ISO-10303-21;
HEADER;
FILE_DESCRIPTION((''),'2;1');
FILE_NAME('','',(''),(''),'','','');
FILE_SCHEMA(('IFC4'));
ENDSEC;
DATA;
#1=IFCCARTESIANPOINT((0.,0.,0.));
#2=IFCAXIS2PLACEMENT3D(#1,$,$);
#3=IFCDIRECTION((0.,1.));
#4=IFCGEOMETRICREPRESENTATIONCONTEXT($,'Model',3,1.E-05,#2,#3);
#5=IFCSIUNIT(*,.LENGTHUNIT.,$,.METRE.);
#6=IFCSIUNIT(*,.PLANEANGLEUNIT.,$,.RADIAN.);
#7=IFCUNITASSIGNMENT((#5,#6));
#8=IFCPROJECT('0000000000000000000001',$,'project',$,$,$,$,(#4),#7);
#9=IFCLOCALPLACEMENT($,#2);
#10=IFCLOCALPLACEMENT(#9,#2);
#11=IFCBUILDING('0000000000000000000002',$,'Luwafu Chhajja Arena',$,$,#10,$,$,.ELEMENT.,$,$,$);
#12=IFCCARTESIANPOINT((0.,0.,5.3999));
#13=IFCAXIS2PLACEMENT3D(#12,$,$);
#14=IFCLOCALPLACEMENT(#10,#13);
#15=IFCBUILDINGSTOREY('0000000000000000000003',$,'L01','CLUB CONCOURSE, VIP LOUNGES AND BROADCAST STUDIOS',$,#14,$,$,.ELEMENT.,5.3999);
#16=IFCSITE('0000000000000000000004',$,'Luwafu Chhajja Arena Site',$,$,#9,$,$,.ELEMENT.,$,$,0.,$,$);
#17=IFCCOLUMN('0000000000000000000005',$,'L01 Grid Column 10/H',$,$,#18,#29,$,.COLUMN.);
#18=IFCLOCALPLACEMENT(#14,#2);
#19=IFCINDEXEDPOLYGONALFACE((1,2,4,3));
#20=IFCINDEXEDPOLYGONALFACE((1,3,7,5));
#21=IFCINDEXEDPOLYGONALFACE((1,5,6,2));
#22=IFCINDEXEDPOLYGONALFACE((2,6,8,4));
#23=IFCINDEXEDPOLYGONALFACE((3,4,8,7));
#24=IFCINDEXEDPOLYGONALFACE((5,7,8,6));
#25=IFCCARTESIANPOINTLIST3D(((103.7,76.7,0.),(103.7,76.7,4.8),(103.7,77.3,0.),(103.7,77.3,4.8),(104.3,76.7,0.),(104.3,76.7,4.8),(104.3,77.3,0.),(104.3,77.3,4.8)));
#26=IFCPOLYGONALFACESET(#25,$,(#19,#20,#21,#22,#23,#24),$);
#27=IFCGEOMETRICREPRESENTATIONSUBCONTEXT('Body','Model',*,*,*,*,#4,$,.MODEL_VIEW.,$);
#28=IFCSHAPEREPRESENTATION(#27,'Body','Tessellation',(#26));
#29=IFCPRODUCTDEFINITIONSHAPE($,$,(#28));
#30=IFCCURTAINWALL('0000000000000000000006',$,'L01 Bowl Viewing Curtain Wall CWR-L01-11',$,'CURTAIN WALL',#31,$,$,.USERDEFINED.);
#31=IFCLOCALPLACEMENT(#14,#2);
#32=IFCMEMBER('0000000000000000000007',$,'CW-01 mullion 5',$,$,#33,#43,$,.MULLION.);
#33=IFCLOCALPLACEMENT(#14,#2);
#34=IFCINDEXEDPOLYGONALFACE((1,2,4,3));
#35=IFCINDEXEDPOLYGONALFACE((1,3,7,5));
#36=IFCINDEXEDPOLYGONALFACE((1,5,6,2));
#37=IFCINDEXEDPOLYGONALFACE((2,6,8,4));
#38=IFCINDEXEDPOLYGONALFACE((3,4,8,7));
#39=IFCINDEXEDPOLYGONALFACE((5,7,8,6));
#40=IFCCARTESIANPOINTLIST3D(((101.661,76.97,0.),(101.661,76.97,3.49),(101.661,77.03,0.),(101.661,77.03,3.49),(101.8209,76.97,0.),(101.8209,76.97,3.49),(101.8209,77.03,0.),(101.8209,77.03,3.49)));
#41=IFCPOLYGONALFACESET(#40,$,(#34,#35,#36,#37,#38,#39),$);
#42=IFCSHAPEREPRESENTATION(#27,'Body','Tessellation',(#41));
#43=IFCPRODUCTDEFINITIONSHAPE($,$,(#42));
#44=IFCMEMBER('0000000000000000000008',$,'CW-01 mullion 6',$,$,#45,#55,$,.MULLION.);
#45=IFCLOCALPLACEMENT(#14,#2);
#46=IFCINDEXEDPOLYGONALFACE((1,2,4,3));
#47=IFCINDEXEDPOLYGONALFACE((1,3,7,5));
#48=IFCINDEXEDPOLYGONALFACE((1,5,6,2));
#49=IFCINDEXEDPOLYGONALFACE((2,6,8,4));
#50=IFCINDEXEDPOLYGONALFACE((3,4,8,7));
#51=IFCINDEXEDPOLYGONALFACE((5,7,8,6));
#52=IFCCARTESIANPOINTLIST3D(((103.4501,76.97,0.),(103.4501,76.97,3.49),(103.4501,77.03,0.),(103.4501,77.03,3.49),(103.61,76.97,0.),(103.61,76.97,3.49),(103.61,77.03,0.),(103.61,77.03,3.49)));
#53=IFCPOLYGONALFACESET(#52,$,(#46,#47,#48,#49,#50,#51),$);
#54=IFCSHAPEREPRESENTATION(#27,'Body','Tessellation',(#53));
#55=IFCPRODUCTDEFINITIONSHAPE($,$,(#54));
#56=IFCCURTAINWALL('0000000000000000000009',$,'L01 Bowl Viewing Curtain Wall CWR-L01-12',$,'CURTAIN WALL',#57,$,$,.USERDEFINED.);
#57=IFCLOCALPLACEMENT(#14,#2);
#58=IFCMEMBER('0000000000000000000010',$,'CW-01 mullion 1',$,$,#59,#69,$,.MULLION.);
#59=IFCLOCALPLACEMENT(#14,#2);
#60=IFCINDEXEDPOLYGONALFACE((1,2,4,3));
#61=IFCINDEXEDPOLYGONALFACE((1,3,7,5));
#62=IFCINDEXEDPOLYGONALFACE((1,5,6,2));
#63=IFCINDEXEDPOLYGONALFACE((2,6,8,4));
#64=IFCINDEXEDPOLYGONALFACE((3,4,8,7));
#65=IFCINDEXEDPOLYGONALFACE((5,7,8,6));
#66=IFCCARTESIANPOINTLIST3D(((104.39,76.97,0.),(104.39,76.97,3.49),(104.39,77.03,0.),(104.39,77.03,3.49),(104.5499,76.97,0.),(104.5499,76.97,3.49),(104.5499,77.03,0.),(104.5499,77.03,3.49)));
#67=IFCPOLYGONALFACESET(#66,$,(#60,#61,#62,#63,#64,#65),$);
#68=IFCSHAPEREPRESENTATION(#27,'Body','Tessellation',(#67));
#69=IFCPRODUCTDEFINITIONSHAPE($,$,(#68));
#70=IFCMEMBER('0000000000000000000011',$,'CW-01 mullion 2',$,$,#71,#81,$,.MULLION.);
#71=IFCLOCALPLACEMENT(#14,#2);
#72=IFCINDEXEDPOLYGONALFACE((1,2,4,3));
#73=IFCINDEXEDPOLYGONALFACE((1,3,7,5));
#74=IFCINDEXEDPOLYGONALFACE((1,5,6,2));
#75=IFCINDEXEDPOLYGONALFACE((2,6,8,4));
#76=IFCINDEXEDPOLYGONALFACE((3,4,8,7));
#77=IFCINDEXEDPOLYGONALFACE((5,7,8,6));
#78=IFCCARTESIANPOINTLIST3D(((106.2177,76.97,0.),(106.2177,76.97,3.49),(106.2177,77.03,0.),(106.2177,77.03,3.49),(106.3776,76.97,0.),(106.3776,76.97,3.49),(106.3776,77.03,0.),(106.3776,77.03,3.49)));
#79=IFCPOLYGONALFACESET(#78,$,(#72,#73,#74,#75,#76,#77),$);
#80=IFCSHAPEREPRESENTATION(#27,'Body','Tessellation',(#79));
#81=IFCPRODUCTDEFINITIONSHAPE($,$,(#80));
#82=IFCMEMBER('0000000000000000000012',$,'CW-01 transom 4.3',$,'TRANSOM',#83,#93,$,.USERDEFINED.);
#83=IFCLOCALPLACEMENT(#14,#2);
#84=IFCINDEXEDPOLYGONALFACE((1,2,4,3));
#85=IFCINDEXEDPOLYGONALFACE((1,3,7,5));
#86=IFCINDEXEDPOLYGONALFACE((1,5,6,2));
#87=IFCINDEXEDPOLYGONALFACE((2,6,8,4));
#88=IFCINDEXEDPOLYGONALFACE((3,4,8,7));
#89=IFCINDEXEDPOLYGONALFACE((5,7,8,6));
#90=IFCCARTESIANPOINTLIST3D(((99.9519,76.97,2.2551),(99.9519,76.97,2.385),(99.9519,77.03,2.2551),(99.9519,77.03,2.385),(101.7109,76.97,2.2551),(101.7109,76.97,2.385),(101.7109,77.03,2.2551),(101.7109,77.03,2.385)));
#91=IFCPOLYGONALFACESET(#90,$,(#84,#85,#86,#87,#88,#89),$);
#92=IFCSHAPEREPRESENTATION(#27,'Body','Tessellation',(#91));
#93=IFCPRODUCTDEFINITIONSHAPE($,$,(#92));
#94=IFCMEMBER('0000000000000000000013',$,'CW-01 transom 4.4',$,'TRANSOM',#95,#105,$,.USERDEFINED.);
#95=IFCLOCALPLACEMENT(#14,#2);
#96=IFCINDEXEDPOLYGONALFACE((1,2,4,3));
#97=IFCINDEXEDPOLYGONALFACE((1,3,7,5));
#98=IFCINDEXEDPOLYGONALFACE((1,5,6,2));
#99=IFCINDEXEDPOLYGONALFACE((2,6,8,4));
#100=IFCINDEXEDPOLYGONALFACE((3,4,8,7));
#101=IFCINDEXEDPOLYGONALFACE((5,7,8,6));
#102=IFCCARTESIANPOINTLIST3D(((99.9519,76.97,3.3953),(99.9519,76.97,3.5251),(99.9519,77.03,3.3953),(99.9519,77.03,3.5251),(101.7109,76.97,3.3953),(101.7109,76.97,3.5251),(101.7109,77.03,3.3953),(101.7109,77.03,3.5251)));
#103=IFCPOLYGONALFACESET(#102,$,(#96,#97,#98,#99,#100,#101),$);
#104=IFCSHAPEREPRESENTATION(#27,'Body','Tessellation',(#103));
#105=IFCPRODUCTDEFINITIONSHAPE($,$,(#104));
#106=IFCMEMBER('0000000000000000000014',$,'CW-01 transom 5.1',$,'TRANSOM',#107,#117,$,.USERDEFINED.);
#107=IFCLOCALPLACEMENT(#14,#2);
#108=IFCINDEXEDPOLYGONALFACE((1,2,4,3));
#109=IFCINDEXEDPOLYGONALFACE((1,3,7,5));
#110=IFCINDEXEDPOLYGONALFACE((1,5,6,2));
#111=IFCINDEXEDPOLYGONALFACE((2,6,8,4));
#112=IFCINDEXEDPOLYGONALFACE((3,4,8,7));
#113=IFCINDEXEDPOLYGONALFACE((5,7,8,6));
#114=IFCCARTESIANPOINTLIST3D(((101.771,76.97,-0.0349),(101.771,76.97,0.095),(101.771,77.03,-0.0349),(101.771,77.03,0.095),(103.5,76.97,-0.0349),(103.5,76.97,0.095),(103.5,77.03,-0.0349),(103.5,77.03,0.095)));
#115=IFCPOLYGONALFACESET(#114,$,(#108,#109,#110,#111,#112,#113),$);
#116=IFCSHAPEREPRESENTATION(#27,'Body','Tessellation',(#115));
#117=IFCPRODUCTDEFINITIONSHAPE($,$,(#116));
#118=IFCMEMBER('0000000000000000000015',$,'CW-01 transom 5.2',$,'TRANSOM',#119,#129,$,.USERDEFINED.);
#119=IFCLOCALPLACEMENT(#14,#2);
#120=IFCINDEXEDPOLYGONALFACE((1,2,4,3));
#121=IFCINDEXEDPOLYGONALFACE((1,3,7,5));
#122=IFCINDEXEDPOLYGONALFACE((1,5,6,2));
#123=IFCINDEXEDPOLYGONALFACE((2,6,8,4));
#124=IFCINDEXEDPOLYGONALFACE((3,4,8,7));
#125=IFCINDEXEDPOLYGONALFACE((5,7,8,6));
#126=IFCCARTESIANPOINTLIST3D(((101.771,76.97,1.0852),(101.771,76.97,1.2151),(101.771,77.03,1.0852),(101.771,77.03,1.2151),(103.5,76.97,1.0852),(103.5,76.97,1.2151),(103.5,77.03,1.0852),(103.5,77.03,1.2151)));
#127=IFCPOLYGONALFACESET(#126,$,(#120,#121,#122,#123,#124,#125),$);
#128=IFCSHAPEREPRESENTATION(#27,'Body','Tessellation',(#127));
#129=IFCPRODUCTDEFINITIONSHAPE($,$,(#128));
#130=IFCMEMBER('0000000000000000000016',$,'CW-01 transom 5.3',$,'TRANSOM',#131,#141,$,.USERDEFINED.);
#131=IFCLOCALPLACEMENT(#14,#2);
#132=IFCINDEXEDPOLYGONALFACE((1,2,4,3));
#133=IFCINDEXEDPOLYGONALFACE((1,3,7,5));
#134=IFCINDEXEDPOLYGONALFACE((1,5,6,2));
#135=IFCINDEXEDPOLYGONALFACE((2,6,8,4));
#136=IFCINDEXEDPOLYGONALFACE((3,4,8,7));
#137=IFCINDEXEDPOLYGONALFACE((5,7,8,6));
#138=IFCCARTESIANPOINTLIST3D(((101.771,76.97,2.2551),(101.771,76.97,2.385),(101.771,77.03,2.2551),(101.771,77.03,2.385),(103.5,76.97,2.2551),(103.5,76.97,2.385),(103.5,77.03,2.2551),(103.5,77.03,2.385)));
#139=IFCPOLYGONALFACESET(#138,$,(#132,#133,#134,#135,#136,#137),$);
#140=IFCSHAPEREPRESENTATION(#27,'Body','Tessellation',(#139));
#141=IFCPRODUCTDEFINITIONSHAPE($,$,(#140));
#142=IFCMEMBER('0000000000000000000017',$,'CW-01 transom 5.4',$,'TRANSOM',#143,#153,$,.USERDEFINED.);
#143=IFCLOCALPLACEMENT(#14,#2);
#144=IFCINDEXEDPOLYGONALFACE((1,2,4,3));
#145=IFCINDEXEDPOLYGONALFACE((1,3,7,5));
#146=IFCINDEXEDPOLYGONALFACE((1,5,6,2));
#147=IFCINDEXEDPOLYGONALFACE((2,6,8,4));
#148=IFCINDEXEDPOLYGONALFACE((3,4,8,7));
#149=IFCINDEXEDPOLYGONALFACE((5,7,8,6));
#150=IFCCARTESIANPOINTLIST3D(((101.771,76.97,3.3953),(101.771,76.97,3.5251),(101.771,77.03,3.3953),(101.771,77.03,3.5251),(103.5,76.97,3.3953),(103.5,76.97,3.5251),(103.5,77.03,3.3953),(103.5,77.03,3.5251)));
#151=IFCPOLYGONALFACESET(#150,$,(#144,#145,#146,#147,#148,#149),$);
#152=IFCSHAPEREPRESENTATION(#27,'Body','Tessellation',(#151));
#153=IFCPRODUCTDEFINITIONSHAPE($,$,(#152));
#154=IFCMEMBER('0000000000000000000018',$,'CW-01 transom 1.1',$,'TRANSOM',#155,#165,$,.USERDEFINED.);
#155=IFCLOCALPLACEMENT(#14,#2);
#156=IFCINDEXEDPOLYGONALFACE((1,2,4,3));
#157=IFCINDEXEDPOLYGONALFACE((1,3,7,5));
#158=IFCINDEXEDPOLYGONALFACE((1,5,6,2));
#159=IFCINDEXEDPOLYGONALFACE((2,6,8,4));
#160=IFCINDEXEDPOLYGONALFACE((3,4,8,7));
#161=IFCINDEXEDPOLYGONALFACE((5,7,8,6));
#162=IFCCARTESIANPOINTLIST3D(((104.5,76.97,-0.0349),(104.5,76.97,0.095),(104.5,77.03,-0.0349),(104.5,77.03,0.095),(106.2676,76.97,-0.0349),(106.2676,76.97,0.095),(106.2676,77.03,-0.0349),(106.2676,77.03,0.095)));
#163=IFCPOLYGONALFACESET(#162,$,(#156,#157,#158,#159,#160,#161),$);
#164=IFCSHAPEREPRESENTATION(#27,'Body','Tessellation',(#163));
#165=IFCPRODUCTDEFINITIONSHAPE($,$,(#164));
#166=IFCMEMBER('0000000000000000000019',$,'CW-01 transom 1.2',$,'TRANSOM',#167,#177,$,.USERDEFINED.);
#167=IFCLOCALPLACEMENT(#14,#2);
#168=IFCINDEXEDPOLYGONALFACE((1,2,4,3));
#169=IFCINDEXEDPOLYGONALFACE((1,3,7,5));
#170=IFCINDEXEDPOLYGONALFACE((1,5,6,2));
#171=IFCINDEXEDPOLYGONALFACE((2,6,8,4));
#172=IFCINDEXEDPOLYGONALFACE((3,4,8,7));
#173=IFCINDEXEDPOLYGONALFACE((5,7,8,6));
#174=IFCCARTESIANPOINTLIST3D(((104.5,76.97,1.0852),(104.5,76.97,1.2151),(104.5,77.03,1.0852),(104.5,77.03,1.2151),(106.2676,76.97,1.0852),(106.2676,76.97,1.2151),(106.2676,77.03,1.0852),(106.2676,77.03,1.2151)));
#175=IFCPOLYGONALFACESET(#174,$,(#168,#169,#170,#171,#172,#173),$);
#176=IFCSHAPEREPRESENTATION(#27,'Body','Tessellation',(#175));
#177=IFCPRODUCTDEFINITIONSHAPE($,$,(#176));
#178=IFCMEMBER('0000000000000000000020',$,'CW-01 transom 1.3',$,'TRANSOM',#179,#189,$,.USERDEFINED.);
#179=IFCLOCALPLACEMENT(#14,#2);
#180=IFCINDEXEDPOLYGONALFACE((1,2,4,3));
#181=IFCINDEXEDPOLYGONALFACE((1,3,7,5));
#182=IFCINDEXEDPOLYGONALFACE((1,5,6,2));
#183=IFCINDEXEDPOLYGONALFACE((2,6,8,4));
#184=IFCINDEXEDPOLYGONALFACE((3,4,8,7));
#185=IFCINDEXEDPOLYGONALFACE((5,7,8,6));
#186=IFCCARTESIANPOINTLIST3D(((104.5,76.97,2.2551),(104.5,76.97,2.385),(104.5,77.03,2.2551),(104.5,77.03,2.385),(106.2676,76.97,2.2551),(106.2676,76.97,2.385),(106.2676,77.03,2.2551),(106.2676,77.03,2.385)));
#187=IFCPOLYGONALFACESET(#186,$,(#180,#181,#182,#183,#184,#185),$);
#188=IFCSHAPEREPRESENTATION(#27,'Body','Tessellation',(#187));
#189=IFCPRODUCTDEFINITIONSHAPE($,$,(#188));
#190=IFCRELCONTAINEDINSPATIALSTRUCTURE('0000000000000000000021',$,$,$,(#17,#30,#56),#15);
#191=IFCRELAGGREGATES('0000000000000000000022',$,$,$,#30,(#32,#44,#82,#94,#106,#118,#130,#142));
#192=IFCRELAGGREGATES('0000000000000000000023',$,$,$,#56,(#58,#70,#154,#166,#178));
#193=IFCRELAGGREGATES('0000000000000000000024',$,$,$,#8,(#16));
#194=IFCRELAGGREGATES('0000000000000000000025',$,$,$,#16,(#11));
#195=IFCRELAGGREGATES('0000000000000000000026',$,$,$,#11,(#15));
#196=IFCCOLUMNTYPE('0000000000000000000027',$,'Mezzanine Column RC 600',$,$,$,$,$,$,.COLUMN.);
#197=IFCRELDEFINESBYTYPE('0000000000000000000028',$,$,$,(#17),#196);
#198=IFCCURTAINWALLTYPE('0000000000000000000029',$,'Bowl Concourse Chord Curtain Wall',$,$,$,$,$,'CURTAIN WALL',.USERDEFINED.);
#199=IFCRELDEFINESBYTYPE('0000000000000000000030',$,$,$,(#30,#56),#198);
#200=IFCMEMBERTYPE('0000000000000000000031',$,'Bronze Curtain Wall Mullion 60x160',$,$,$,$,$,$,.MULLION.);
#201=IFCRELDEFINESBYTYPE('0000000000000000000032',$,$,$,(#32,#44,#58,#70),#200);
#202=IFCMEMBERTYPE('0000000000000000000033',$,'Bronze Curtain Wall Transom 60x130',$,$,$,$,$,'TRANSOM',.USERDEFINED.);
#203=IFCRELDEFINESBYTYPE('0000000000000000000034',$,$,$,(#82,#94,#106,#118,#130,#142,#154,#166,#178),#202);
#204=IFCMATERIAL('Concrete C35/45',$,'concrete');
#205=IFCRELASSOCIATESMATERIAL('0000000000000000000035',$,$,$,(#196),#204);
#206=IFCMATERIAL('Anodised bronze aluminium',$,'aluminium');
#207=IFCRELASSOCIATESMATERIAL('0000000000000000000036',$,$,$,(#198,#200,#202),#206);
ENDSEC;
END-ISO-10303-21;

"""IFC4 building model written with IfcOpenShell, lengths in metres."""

from ifc_helpers import new_model, si_unit, direction, frame, origin, origin_2d, place, context, subcontext, project, spatial, rectangle, extrude, material, material_profile, profile_set, type_object, element, aggregate, save


model = new_model("IFC4")

# Units and contexts
model_context = context("Model", 3, precision=1e-05, world=origin(), true_north=direction((0.0, 1.0)))
body_context = subcontext(model_context, "Body", "Model", "MODEL_VIEW")
ifc_project = project(units=[si_unit("LENGTHUNIT", "METRE"), si_unit("PLANEANGLEUNIT", "RADIAN")], contexts=[model_context])

# Site, building, storey
site_placement = place(None, origin())
site = spatial("IfcSite", under=ifc_project, at=site_placement, Name="Luwafu Chhajja Arena Site", CompositionType="ELEMENT", RefElevation=0.0)
building_placement = place(site_placement, origin())
building = spatial("IfcBuilding", under=site, at=building_placement, Name="Luwafu Chhajja Arena", CompositionType="ELEMENT")
storey_placement = place(building_placement, frame((0.0, 0.0, 5.3999)))
storey = spatial("IfcBuildingStorey", under=building, at=storey_placement, Name="L01", Description="CLUB CONCOURSE, VIP LOUNGES AND BROADCAST STUDIOS", CompositionType="ELEMENT", Elevation=5.3999)

# Column
ifc_material_1 = material(Name="Concrete C35/45", Category="concrete")
ifc_material_profile_1 = material_profile(ifc_material_1, rectangle(XDim=0.6001, YDim=0.6001, at=origin_2d()), Name="RC 600x600")
ifc_profile_set_1 = profile_set([ifc_material_profile_1], Name="Concrete C35/45")
column_type = type_object("IfcColumnType", Name="Mezzanine Column RC 600", PredefinedType="COLUMN", material=ifc_profile_set_1)
column_placement = place(storey_placement, frame((104.0, 77.0, 0.0), z_axis=(0.0, 0.0, 1.0), x_axis=(1.0, 0.0, 0.0)))
element("IfcColumn", 1, at=column_placement, inside=storey, type_object=column_type, Name="L01 Grid Column 10/H", PredefinedType="COLUMN", context=body_context, shape_type="SweptSolid", body=[
    extrude(rectangle(XDim=0.6001, YDim=0.6001, at=origin_2d()), origin(), (0.0, 0.0, 1.0), 4.8),
])

# Curtain walls, members
ifc_material_2 = material(Name="Anodised bronze aluminium", Category="aluminium")
curtain_wall_type = type_object("IfcCurtainWallType", Name="Bowl Concourse Chord Curtain Wall", ElementType="CURTAIN WALL", PredefinedType="USERDEFINED", material=ifc_material_2)
curtain_wall_1_placement = place(storey_placement, origin())
curtain_wall_1 = element("IfcCurtainWall", 2, at=curtain_wall_1_placement, inside=storey, type_object=curtain_wall_type, Name="L01 Bowl Viewing Curtain Wall CWR-L01-11", ObjectType="CURTAIN WALL", PredefinedType="USERDEFINED")
ifc_material_profile_2 = material_profile(ifc_material_2, rectangle(XDim=0.0601, YDim=0.1599, at=origin_2d()), Name="CWM 60x160")
ifc_profile_set_2 = profile_set([ifc_material_profile_2], Name="Anodised bronze aluminium")
member_type_1 = type_object("IfcMemberType", Name="Bronze Curtain Wall Mullion 60x160", PredefinedType="MULLION", material=ifc_profile_set_2)
member_1_placement = place(storey_placement, frame((101.741, 77.0, 0.0), z_axis=(0.0, 0.0, 1.0), x_axis=(0.0, 1.0, 0.0)))
member_1 = element("IfcMember", 3, at=member_1_placement, type_object=member_type_1, Name="CW-01 mullion 5", PredefinedType="MULLION", context=body_context, shape_type="SweptSolid", body=[
    extrude(rectangle(XDim=0.0601, YDim=0.1599, at=origin_2d()), origin(), (0.0, 0.0, 1.0), 3.49),
])
member_2_placement = place(storey_placement, frame((103.53, 77.0, 0.0), z_axis=(0.0, 0.0, 1.0), x_axis=(0.0, 1.0, 0.0)))
member_2 = element("IfcMember", 4, at=member_2_placement, type_object=member_type_1, Name="CW-01 mullion 6", PredefinedType="MULLION", context=body_context, shape_type="SweptSolid", body=[
    extrude(rectangle(XDim=0.0601, YDim=0.1599, at=origin_2d()), origin(), (0.0, 0.0, 1.0), 3.49),
])
curtain_wall_2_placement = place(storey_placement, origin())
curtain_wall_2 = element("IfcCurtainWall", 5, at=curtain_wall_2_placement, inside=storey, type_object=curtain_wall_type, Name="L01 Bowl Viewing Curtain Wall CWR-L01-12", ObjectType="CURTAIN WALL", PredefinedType="USERDEFINED")
member_3_placement = place(storey_placement, frame((104.47, 77.0, 0.0), z_axis=(0.0, 0.0, 1.0), x_axis=(0.0, 1.0, 0.0)))
member_3 = element("IfcMember", 6, at=member_3_placement, type_object=member_type_1, Name="CW-01 mullion 1", PredefinedType="MULLION", context=body_context, shape_type="SweptSolid", body=[
    extrude(rectangle(XDim=0.0601, YDim=0.1599, at=origin_2d()), origin(), (0.0, 0.0, 1.0), 3.49),
])
member_4_placement = place(storey_placement, frame((106.2976, 77.0, 0.0), z_axis=(0.0, 0.0, 1.0), x_axis=(0.0, 1.0, 0.0)))
member_4 = element("IfcMember", 7, at=member_4_placement, type_object=member_type_1, Name="CW-01 mullion 2", PredefinedType="MULLION", context=body_context, shape_type="SweptSolid", body=[
    extrude(rectangle(XDim=0.0601, YDim=0.1599, at=origin_2d()), origin(), (0.0, 0.0, 1.0), 3.49),
])

# Members
ifc_material_profile_3 = material_profile(ifc_material_2, rectangle(XDim=0.0601, YDim=0.1299, at=origin_2d()), Name="CWT 60x130")
ifc_profile_set_3 = profile_set([ifc_material_profile_3], Name="Anodised bronze aluminium")
member_type_2 = type_object("IfcMemberType", Name="Bronze Curtain Wall Transom 60x130", ElementType="TRANSOM", PredefinedType="USERDEFINED", material=ifc_profile_set_3)
member_5_placement = place(storey_placement, frame((99.9519, 77.0, 2.3201), z_axis=(1.0, 0.0, 0.0), x_axis=(0.0, 1.0, 0.0)))
member_5 = element("IfcMember", 8, at=member_5_placement, type_object=member_type_2, Name="CW-01 transom 4.3", ObjectType="TRANSOM", PredefinedType="USERDEFINED", context=body_context, shape_type="SweptSolid", body=[
    extrude(rectangle(XDim=0.0601, YDim=0.1299, at=origin_2d()), origin(), (0.0, 0.0, 1.0), 1.759),
])
member_6_placement = place(storey_placement, frame((99.9519, 77.0, 3.4602), z_axis=(1.0, 0.0, 0.0), x_axis=(0.0, 1.0, 0.0)))
member_6 = element("IfcMember", 9, at=member_6_placement, type_object=member_type_2, Name="CW-01 transom 4.4", ObjectType="TRANSOM", PredefinedType="USERDEFINED", context=body_context, shape_type="SweptSolid", body=[
    extrude(rectangle(XDim=0.0601, YDim=0.1299, at=origin_2d()), origin(), (0.0, 0.0, 1.0), 1.759),
])
member_7_placement = place(storey_placement, frame((101.771, 77.0, 0.03), z_axis=(1.0, 0.0, 0.0), x_axis=(0.0, 1.0, 0.0)))
member_7 = element("IfcMember", 10, at=member_7_placement, type_object=member_type_2, Name="CW-01 transom 5.1", ObjectType="TRANSOM", PredefinedType="USERDEFINED", context=body_context, shape_type="SweptSolid", body=[
    extrude(rectangle(XDim=0.0601, YDim=0.1299, at=origin_2d()), origin(), (0.0, 0.0, 1.0), 1.729),
])
member_8_placement = place(storey_placement, frame((101.771, 77.0, 1.1501), z_axis=(1.0, 0.0, 0.0), x_axis=(0.0, 1.0, 0.0)))
member_8 = element("IfcMember", 11, at=member_8_placement, type_object=member_type_2, Name="CW-01 transom 5.2", ObjectType="TRANSOM", PredefinedType="USERDEFINED", context=body_context, shape_type="SweptSolid", body=[
    extrude(rectangle(XDim=0.0601, YDim=0.1299, at=origin_2d()), origin(), (0.0, 0.0, 1.0), 1.729),
])
member_9_placement = place(storey_placement, frame((101.771, 77.0, 2.3201), z_axis=(1.0, 0.0, 0.0), x_axis=(0.0, 1.0, 0.0)))
member_9 = element("IfcMember", 12, at=member_9_placement, type_object=member_type_2, Name="CW-01 transom 5.3", ObjectType="TRANSOM", PredefinedType="USERDEFINED", context=body_context, shape_type="SweptSolid", body=[
    extrude(rectangle(XDim=0.0601, YDim=0.1299, at=origin_2d()), origin(), (0.0, 0.0, 1.0), 1.729),
])
member_10_placement = place(storey_placement, frame((101.771, 77.0, 3.4602), z_axis=(1.0, 0.0, 0.0), x_axis=(0.0, 1.0, 0.0)))
member_10 = element("IfcMember", 13, at=member_10_placement, type_object=member_type_2, Name="CW-01 transom 5.4", ObjectType="TRANSOM", PredefinedType="USERDEFINED", context=body_context, shape_type="SweptSolid", body=[
    extrude(rectangle(XDim=0.0601, YDim=0.1299, at=origin_2d()), origin(), (0.0, 0.0, 1.0), 1.729),
])
member_11_placement = place(storey_placement, frame((104.5, 77.0, 0.03), z_axis=(1.0, 0.0, 0.0), x_axis=(0.0, 1.0, 0.0)))
member_11 = element("IfcMember", 14, at=member_11_placement, type_object=member_type_2, Name="CW-01 transom 1.1", ObjectType="TRANSOM", PredefinedType="USERDEFINED", context=body_context, shape_type="SweptSolid", body=[
    extrude(rectangle(XDim=0.0601, YDim=0.1299, at=origin_2d()), origin(), (0.0, 0.0, 1.0), 1.7676),
])
member_12_placement = place(storey_placement, frame((104.5, 77.0, 1.1501), z_axis=(1.0, 0.0, 0.0), x_axis=(0.0, 1.0, 0.0)))
member_12 = element("IfcMember", 15, at=member_12_placement, type_object=member_type_2, Name="CW-01 transom 1.2", ObjectType="TRANSOM", PredefinedType="USERDEFINED", context=body_context, shape_type="SweptSolid", body=[
    extrude(rectangle(XDim=0.0601, YDim=0.1299, at=origin_2d()), origin(), (0.0, 0.0, 1.0), 1.7676),
])
member_13_placement = place(storey_placement, frame((104.5, 77.0, 2.3201), z_axis=(1.0, 0.0, 0.0), x_axis=(0.0, 1.0, 0.0)))
member_13 = element("IfcMember", 16, at=member_13_placement, type_object=member_type_2, Name="CW-01 transom 1.3", ObjectType="TRANSOM", PredefinedType="USERDEFINED", context=body_context, shape_type="SweptSolid", body=[
    extrude(rectangle(XDim=0.0601, YDim=0.1299, at=origin_2d()), origin(), (0.0, 0.0, 1.0), 1.7676),
])

aggregate(curtain_wall_1, [member_1, member_2, member_5, member_6, member_7, member_8, member_9, member_10])
aggregate(curtain_wall_2, [member_3, member_4, member_11, member_12, member_13])

save(model, "model.ifc")
